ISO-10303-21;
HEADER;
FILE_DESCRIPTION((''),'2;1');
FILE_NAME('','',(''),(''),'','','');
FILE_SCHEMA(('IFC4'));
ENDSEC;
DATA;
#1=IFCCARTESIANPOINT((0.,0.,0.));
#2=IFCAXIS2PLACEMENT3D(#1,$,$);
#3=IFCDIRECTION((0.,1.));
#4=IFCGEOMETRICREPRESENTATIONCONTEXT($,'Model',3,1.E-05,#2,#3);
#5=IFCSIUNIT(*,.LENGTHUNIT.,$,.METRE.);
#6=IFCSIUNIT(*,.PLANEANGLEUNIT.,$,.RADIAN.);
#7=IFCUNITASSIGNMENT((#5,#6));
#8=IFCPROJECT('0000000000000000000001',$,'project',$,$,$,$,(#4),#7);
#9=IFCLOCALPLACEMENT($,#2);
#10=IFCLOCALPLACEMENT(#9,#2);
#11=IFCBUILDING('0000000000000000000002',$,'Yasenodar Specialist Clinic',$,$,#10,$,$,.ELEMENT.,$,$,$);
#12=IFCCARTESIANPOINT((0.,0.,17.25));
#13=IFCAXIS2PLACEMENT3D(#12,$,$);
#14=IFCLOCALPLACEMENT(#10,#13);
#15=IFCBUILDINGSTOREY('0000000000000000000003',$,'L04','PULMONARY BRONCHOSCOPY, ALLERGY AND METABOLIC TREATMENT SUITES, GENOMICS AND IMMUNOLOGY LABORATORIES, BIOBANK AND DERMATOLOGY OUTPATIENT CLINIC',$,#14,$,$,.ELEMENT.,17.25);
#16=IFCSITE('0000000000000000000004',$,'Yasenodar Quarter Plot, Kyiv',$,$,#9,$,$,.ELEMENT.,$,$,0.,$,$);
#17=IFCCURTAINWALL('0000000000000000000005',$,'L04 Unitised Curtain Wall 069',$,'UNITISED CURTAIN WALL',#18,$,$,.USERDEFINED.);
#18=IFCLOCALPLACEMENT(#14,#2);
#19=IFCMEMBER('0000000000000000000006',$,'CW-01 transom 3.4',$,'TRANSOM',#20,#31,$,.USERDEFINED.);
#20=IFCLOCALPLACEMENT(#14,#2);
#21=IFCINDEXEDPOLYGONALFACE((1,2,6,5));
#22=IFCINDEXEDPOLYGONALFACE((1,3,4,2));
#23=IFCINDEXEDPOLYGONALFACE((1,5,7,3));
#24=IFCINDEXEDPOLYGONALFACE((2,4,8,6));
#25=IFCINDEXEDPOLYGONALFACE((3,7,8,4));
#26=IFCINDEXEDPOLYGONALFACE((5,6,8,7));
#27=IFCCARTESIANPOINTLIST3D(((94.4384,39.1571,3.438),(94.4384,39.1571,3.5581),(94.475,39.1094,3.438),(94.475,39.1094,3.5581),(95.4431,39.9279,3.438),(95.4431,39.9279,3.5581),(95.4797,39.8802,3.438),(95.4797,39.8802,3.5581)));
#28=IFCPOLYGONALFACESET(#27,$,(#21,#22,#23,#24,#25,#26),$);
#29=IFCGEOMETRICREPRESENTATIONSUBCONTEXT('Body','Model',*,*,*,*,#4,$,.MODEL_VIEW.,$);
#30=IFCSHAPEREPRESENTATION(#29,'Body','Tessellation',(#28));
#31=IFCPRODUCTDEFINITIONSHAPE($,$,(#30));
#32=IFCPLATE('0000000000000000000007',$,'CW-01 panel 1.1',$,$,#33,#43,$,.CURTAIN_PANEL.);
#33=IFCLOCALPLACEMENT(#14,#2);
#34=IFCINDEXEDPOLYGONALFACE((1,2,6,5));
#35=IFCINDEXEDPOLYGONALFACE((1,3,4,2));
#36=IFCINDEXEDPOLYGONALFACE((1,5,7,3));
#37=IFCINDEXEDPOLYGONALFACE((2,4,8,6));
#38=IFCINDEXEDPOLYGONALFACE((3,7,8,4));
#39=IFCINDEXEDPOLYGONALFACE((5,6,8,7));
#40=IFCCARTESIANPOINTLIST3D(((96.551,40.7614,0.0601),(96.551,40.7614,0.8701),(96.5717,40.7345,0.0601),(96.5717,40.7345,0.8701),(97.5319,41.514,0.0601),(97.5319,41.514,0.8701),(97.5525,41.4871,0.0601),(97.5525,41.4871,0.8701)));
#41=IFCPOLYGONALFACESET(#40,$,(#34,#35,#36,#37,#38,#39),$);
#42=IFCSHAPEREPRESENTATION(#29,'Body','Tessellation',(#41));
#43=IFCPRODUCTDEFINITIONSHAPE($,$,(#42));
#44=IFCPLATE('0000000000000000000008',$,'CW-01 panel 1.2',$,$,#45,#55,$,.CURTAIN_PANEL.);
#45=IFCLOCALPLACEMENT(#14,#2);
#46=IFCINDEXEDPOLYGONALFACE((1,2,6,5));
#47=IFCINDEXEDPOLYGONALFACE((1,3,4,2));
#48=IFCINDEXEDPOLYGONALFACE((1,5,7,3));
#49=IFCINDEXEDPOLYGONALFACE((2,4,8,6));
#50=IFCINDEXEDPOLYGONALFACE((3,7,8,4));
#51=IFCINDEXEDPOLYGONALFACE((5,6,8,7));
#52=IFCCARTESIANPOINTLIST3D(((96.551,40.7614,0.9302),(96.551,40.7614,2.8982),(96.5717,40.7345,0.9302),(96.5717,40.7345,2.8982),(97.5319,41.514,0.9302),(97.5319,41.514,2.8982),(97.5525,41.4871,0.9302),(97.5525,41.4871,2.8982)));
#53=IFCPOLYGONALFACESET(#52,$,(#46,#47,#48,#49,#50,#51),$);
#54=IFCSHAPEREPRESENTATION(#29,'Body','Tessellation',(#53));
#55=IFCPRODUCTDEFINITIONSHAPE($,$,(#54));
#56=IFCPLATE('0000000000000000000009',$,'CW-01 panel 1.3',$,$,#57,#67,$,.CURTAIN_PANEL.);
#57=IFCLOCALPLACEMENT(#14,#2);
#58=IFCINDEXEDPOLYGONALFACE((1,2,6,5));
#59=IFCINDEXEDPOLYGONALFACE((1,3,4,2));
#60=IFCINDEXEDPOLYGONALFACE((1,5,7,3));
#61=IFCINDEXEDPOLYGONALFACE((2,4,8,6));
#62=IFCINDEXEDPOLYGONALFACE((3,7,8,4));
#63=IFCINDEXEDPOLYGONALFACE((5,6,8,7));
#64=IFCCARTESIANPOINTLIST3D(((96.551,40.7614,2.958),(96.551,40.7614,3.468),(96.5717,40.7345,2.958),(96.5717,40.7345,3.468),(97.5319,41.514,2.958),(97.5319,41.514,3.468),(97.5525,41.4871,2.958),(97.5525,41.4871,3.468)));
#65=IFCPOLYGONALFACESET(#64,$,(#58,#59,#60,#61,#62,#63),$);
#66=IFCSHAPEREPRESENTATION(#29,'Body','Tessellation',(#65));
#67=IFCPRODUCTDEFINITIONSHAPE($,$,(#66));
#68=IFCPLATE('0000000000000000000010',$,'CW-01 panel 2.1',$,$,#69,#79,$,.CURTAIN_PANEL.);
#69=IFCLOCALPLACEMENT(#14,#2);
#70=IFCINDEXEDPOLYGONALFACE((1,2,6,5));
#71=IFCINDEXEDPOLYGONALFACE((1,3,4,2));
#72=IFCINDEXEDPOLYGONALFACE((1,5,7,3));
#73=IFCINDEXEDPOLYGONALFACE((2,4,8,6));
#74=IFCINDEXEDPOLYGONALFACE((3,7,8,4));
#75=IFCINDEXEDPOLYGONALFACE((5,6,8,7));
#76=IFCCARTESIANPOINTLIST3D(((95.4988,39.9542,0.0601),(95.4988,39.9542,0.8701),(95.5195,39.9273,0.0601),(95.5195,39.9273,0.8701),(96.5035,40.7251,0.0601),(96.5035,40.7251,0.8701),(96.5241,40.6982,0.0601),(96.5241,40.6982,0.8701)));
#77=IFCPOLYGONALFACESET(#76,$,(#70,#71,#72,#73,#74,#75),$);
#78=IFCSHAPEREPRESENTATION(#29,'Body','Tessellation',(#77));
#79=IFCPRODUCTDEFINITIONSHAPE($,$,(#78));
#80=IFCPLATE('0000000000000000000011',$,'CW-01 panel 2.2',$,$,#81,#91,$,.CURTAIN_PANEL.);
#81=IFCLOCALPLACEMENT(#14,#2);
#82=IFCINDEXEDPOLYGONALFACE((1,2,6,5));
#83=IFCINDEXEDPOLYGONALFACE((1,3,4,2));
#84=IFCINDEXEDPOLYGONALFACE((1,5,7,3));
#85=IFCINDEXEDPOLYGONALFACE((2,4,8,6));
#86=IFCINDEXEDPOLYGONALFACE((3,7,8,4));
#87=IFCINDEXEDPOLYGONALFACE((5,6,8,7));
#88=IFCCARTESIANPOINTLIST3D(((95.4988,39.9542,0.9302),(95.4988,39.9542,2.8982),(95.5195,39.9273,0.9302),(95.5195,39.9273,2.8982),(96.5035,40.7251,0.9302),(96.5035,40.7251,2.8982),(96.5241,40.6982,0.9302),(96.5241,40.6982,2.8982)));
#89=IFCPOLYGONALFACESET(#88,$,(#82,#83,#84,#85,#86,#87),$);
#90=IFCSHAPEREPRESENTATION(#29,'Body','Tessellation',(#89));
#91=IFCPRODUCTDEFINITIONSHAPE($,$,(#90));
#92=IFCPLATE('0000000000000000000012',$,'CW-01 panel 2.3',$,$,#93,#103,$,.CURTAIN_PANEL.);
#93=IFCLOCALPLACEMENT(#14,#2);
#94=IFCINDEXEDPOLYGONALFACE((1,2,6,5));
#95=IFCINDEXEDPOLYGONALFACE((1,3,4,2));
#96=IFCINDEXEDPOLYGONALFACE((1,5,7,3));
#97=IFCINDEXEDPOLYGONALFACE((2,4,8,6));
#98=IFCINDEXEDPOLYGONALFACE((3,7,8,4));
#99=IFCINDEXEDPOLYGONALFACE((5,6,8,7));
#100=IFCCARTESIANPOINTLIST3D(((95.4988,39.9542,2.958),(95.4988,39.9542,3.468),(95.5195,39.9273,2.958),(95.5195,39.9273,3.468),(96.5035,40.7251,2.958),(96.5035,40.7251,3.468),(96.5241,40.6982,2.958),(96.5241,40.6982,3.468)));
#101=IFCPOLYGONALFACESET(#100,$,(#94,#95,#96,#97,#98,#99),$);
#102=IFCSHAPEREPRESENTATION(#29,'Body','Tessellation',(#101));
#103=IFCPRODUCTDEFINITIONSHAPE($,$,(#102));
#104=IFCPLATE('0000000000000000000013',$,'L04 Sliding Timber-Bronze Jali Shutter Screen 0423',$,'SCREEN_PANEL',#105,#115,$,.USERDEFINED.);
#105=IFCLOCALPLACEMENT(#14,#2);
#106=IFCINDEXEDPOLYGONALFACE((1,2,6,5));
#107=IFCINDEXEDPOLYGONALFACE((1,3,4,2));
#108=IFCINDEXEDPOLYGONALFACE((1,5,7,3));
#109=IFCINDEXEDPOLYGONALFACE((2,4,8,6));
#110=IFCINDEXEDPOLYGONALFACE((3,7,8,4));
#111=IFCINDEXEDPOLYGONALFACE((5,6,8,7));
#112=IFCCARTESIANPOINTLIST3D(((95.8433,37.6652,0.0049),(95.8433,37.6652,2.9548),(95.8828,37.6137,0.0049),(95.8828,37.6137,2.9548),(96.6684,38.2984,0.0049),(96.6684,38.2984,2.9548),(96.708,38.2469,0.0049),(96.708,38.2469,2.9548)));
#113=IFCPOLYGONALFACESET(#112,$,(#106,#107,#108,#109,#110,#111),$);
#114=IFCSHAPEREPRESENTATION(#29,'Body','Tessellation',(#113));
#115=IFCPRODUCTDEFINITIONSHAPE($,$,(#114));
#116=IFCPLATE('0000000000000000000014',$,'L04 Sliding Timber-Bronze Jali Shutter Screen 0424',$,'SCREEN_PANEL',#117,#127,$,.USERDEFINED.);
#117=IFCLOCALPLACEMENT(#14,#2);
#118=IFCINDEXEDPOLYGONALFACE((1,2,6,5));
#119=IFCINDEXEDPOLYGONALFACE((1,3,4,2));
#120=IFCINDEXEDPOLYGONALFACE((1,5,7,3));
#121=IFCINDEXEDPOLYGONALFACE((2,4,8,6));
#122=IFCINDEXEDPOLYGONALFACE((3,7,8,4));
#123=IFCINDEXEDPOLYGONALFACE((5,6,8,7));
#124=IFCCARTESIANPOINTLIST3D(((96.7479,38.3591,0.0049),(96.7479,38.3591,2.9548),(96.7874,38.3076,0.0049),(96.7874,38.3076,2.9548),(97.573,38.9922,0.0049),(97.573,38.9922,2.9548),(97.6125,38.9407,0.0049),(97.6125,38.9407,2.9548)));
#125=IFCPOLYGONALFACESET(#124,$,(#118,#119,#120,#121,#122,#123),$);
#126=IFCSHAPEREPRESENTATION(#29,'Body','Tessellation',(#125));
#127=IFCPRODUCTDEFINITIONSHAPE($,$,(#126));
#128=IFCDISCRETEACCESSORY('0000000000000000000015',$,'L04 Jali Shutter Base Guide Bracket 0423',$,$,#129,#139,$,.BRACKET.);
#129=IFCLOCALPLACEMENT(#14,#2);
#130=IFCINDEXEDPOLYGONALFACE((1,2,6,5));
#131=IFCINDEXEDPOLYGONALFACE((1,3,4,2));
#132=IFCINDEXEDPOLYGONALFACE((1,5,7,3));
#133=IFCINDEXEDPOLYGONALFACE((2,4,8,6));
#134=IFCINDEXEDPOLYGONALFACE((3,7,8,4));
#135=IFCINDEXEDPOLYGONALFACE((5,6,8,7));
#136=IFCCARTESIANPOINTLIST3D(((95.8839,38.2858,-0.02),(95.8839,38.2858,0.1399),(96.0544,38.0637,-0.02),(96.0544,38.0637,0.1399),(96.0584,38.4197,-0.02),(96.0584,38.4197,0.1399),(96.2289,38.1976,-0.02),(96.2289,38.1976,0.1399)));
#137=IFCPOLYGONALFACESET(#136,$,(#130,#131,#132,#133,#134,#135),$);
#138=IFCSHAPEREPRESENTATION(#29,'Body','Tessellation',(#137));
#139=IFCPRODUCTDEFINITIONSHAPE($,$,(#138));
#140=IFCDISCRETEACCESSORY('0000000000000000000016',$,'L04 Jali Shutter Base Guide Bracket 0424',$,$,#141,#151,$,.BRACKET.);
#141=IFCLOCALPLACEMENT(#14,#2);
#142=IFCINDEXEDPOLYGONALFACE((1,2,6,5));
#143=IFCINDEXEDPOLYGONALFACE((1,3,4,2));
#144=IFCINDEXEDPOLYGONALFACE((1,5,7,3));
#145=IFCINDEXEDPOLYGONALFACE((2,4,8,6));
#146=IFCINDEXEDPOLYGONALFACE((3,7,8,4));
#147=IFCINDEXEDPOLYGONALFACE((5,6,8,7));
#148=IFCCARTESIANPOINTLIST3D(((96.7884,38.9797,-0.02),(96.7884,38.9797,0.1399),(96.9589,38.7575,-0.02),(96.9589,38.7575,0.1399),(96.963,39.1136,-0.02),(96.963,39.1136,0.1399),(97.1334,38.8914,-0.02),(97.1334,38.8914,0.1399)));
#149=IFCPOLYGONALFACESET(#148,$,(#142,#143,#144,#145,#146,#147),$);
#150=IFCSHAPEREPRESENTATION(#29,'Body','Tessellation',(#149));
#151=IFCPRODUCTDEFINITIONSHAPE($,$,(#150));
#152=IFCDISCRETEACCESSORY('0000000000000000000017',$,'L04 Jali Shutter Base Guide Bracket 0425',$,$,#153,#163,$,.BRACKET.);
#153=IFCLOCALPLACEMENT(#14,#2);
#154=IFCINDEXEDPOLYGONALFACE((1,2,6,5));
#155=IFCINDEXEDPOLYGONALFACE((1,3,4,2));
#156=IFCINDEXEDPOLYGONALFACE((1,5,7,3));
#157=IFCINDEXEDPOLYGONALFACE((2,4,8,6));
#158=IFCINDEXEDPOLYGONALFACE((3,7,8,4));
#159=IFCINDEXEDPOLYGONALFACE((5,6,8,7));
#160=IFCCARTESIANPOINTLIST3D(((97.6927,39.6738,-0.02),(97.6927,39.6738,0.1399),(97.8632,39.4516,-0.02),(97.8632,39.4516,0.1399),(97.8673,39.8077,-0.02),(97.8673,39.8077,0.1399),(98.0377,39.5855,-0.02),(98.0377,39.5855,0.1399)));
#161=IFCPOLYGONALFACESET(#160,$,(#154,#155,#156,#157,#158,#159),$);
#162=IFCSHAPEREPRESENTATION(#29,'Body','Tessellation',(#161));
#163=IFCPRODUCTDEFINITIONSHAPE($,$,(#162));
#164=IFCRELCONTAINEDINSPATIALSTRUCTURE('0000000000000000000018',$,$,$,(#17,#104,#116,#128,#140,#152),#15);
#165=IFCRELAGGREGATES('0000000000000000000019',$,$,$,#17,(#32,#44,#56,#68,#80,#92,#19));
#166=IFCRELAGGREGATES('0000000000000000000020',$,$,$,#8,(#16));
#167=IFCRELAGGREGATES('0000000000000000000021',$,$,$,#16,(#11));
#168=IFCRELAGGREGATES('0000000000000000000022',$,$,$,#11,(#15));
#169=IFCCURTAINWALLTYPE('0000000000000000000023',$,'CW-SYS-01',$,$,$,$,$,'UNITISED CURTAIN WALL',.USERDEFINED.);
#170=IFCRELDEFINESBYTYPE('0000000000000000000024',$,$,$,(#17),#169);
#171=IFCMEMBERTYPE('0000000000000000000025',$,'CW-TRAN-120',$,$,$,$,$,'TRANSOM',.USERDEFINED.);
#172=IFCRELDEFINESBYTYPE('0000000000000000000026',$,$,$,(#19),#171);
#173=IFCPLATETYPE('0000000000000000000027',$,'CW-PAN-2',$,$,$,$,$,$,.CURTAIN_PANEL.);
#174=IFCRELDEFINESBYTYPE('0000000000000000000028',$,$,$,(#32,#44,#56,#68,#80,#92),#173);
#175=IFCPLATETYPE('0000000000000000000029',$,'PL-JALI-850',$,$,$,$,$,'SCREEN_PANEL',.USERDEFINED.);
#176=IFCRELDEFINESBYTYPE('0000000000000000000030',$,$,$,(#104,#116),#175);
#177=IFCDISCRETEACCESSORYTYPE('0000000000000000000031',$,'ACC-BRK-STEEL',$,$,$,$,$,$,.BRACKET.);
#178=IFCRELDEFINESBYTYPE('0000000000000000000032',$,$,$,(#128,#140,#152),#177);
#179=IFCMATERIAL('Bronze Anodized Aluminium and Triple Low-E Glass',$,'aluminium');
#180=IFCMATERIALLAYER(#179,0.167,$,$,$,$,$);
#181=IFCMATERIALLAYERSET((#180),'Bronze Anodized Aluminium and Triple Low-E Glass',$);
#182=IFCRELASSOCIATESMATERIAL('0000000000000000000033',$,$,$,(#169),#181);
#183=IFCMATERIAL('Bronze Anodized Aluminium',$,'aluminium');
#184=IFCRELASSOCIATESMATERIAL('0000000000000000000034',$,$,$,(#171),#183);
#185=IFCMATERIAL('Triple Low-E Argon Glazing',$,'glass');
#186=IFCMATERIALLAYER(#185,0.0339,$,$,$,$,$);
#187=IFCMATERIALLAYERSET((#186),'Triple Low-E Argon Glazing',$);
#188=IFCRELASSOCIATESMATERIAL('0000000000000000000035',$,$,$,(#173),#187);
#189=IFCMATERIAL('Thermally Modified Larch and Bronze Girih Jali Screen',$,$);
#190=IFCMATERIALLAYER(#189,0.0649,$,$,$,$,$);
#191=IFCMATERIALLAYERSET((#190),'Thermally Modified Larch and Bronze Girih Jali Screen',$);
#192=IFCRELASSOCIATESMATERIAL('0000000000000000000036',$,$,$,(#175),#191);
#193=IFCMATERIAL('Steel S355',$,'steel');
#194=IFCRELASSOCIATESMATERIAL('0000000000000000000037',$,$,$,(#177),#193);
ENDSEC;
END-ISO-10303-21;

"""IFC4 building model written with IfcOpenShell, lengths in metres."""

from ifc_helpers import new_model, si_unit, direction, frame, origin, origin_2d, place, context, subcontext, project, spatial, rectangle, extrude, material, layer, layer_set, material_profile, profile_set, type_object, element, aggregate, save


model = new_model("IFC4")

# Units and contexts
model_context = context("Model", 3, precision=1e-05, world=origin(), true_north=direction((0.0, 1.0)))
body_context = subcontext(model_context, "Body", "Model", "MODEL_VIEW")
ifc_project = project(units=[si_unit("LENGTHUNIT", "METRE"), si_unit("PLANEANGLEUNIT", "RADIAN")], contexts=[model_context])

# Site, building, storey
site_placement = place(None, origin())
site = spatial("IfcSite", under=ifc_project, at=site_placement, Name="Yasenodar Quarter Plot, Kyiv", CompositionType="ELEMENT", RefElevation=0.0)
building_placement = place(site_placement, origin())
building = spatial("IfcBuilding", under=site, at=building_placement, Name="Yasenodar Specialist Clinic", CompositionType="ELEMENT")
storey_placement = place(building_placement, frame((0.0, 0.0, 17.25)))
storey = spatial("IfcBuildingStorey", under=building, at=storey_placement, Name="L04", Description="PULMONARY BRONCHOSCOPY, ALLERGY AND METABOLIC TREATMENT SUITES, GENOMICS AND IMMUNOLOGY LABORATORIES, BIOBANK AND DERMATOLOGY OUTPATIENT CLINIC", CompositionType="ELEMENT", Elevation=17.25)

# Curtain wall, member, plates
ifc_material_1 = material(Name="Bronze Anodized Aluminium and Triple Low-E Glass", Category="aluminium")
ifc_layer_1 = layer(ifc_material_1, 0.167)
ifc_layer_set_1 = layer_set([ifc_layer_1], Name="Bronze Anodized Aluminium and Triple Low-E Glass")
curtain_wall_type = type_object("IfcCurtainWallType", Name="CW-SYS-01", ElementType="UNITISED CURTAIN WALL", PredefinedType="USERDEFINED", material=ifc_layer_set_1)
curtain_wall_placement = place(storey_placement, origin())
curtain_wall = element("IfcCurtainWall", 1, at=curtain_wall_placement, inside=storey, type_object=curtain_wall_type, Name="L04 Unitised Curtain Wall 069", ObjectType="UNITISED CURTAIN WALL", PredefinedType="USERDEFINED")
ifc_material_2 = material(Name="Bronze Anodized Aluminium", Category="aluminium")
ifc_material_profile_1 = material_profile(ifc_material_2, rectangle(XDim=0.0601, YDim=0.1201, at=origin_2d()), Name="CW-TRAN 60x120")
ifc_profile_set_1 = profile_set([ifc_material_profile_1], Name="Bronze Anodized Aluminium")
member_type_1 = type_object("IfcMemberType", Name="CW-TRAN-120", ElementType="TRANSOM", PredefinedType="USERDEFINED", material=ifc_profile_set_1)
member_1_placement = place(storey_placement, frame((95.4614, 39.9041, 3.498), z_axis=(-0.793405, -0.608695, 0.0), x_axis=(0.608695, -0.793405, 0.0)))
member_1 = element("IfcMember", 2, at=member_1_placement, type_object=member_type_1, Name="CW-01 transom 3.4", ObjectType="TRANSOM", PredefinedType="USERDEFINED", context=body_context, shape_type="SweptSolid", body=[
    extrude(rectangle(XDim=0.0601, YDim=0.1201, at=origin_2d()), origin(), (0.0, 0.0, 1.0), 1.2664),
])
ifc_material_3 = material(Name="Triple Low-E Argon Glazing", Category="glass")
ifc_layer_2 = layer(ifc_material_3, 0.0339)
ifc_layer_set_2 = layer_set([ifc_layer_2], Name="Triple Low-E Argon Glazing")
plate_type_1 = type_object("IfcPlateType", Name="CW-PAN-2", PredefinedType="CURTAIN_PANEL", material=ifc_layer_set_2)
plate_1_placement = place(storey_placement, frame((97.0518, 41.1243, 0.0601), z_axis=(0.0, 0.0, 1.0), x_axis=(-0.793361, -0.608752, 0.0)))
plate_1 = element("IfcPlate", 3, at=plate_1_placement, type_object=plate_type_1, Name="CW-01 panel 1.1", PredefinedType="CURTAIN_PANEL", context=body_context, shape_type="SweptSolid", body=[
    extrude(rectangle(XDim=1.2363, YDim=0.0339, at=origin_2d()), origin(), (0.0, 0.0, 1.0), 0.8101),
])
plate_2_placement = place(storey_placement, frame((97.0518, 41.1243, 0.9302), z_axis=(0.0, 0.0, 1.0), x_axis=(-0.793361, -0.608752, 0.0)))
plate_2 = element("IfcPlate", 4, at=plate_2_placement, type_object=plate_type_1, Name="CW-01 panel 1.2", PredefinedType="CURTAIN_PANEL", context=body_context, shape_type="SweptSolid", body=[
    extrude(rectangle(XDim=1.2363, YDim=0.0339, at=origin_2d()), origin(), (0.0, 0.0, 1.0), 1.968),
])
plate_3_placement = place(storey_placement, frame((97.0518, 41.1243, 2.958), z_axis=(0.0, 0.0, 1.0), x_axis=(-0.793361, -0.608752, 0.0)))
plate_3 = element("IfcPlate", 5, at=plate_3_placement, type_object=plate_type_1, Name="CW-01 panel 1.3", PredefinedType="CURTAIN_PANEL", context=body_context, shape_type="SweptSolid", body=[
    extrude(rectangle(XDim=1.2363, YDim=0.0339, at=origin_2d()), origin(), (0.0, 0.0, 1.0), 0.51),
])
plate_4_placement = place(storey_placement, frame((96.0115, 40.3262, 0.0601), z_axis=(0.0, 0.0, 1.0), x_axis=(-0.793361, -0.608752, 0.0)))
plate_4 = element("IfcPlate", 6, at=plate_4_placement, type_object=plate_type_1, Name="CW-01 panel 2.1", PredefinedType="CURTAIN_PANEL", context=body_context, shape_type="SweptSolid", body=[
    extrude(rectangle(XDim=1.2664, YDim=0.0339, at=origin_2d()), origin(), (0.0, 0.0, 1.0), 0.8101),
])
plate_5_placement = place(storey_placement, frame((96.0115, 40.3262, 0.9302), z_axis=(0.0, 0.0, 1.0), x_axis=(-0.793361, -0.608752, 0.0)))
plate_5 = element("IfcPlate", 7, at=plate_5_placement, type_object=plate_type_1, Name="CW-01 panel 2.2", PredefinedType="CURTAIN_PANEL", context=body_context, shape_type="SweptSolid", body=[
    extrude(rectangle(XDim=1.2664, YDim=0.0339, at=origin_2d()), origin(), (0.0, 0.0, 1.0), 1.968),
])
plate_6_placement = place(storey_placement, frame((96.0115, 40.3262, 2.958), z_axis=(0.0, 0.0, 1.0), x_axis=(-0.793361, -0.608752, 0.0)))
plate_6 = element("IfcPlate", 8, at=plate_6_placement, type_object=plate_type_1, Name="CW-01 panel 2.3", PredefinedType="CURTAIN_PANEL", context=body_context, shape_type="SweptSolid", body=[
    extrude(rectangle(XDim=1.2664, YDim=0.0339, at=origin_2d()), origin(), (0.0, 0.0, 1.0), 0.51),
])
aggregate(curtain_wall, [plate_1, plate_2, plate_3, plate_4, plate_5, plate_6, member_1])

# Plates
ifc_material_4 = material(Name="Thermally Modified Larch and Bronze Girih Jali Screen")
ifc_layer_3 = layer(ifc_material_4, 0.0649)
ifc_layer_set_3 = layer_set([ifc_layer_3], Name="Thermally Modified Larch and Bronze Girih Jali Screen")
plate_type_2 = type_object("IfcPlateType", Name="PL-JALI-850", ElementType="SCREEN_PANEL", PredefinedType="USERDEFINED", material=ifc_layer_set_3)
for number, where, z_axis, x_axis, name in (
    (9, (96.2756, 37.9561, 0.0049), (0.0, 0.0, 1.0), (0.793351, 0.608764, 0.0), "L04 Sliding Timber-Bronze Jali Shutter Screen 0423"),
    (10, (97.1802, 38.6499, 0.0049), (0.0, 0.0, 1.0), (0.793351, 0.608764, 0.0), "L04 Sliding Timber-Bronze Jali Shutter Screen 0424"),
):
    element("IfcPlate", number, at=place(storey_placement, frame(where, z_axis=z_axis, x_axis=x_axis)), inside=storey, type_object=plate_type_2, Name=name, ObjectType="SCREEN_PANEL", PredefinedType="USERDEFINED", context=body_context, shape_type="SweptSolid", body=[
        extrude(rectangle(XDim=1.04, YDim=0.0649, at=origin_2d()), origin(), (0.0, 0.0, 1.0), 2.95),
    ])

# Discrete accessories
ifc_material_5 = material(Name="Steel S355", Category="steel")
discrete_accessory_type = type_object("IfcDiscreteAccessoryType", Name="ACC-BRK-STEEL", PredefinedType="BRACKET", material=ifc_material_5)
for number, where, z_axis, x_axis, name in (
    (11, (96.0564, 38.2417, -0.02), (0.0, 0.0, 1.0), (0.793351, 0.608764, 0.0), "L04 Jali Shutter Base Guide Bracket 0423"),
    (12, (96.9609, 38.9355, -0.02), (0.0, 0.0, 1.0), (0.793351, 0.608764, 0.0), "L04 Jali Shutter Base Guide Bracket 0424"),
    (13, (97.8652, 39.6296, -0.02), (0.0, 0.0, 1.0), (0.793351, 0.608764, 0.0), "L04 Jali Shutter Base Guide Bracket 0425"),
):
    element("IfcDiscreteAccessory", number, at=place(storey_placement, frame(where, z_axis=z_axis, x_axis=x_axis)), inside=storey, type_object=discrete_accessory_type, Name=name, PredefinedType="BRACKET", context=body_context, shape_type="SweptSolid", body=[
        extrude(rectangle(XDim=0.22, YDim=0.28, at=origin_2d()), origin(), (0.0, 0.0, 1.0), 0.1599),
    ])

save(model, "model.ifc")
